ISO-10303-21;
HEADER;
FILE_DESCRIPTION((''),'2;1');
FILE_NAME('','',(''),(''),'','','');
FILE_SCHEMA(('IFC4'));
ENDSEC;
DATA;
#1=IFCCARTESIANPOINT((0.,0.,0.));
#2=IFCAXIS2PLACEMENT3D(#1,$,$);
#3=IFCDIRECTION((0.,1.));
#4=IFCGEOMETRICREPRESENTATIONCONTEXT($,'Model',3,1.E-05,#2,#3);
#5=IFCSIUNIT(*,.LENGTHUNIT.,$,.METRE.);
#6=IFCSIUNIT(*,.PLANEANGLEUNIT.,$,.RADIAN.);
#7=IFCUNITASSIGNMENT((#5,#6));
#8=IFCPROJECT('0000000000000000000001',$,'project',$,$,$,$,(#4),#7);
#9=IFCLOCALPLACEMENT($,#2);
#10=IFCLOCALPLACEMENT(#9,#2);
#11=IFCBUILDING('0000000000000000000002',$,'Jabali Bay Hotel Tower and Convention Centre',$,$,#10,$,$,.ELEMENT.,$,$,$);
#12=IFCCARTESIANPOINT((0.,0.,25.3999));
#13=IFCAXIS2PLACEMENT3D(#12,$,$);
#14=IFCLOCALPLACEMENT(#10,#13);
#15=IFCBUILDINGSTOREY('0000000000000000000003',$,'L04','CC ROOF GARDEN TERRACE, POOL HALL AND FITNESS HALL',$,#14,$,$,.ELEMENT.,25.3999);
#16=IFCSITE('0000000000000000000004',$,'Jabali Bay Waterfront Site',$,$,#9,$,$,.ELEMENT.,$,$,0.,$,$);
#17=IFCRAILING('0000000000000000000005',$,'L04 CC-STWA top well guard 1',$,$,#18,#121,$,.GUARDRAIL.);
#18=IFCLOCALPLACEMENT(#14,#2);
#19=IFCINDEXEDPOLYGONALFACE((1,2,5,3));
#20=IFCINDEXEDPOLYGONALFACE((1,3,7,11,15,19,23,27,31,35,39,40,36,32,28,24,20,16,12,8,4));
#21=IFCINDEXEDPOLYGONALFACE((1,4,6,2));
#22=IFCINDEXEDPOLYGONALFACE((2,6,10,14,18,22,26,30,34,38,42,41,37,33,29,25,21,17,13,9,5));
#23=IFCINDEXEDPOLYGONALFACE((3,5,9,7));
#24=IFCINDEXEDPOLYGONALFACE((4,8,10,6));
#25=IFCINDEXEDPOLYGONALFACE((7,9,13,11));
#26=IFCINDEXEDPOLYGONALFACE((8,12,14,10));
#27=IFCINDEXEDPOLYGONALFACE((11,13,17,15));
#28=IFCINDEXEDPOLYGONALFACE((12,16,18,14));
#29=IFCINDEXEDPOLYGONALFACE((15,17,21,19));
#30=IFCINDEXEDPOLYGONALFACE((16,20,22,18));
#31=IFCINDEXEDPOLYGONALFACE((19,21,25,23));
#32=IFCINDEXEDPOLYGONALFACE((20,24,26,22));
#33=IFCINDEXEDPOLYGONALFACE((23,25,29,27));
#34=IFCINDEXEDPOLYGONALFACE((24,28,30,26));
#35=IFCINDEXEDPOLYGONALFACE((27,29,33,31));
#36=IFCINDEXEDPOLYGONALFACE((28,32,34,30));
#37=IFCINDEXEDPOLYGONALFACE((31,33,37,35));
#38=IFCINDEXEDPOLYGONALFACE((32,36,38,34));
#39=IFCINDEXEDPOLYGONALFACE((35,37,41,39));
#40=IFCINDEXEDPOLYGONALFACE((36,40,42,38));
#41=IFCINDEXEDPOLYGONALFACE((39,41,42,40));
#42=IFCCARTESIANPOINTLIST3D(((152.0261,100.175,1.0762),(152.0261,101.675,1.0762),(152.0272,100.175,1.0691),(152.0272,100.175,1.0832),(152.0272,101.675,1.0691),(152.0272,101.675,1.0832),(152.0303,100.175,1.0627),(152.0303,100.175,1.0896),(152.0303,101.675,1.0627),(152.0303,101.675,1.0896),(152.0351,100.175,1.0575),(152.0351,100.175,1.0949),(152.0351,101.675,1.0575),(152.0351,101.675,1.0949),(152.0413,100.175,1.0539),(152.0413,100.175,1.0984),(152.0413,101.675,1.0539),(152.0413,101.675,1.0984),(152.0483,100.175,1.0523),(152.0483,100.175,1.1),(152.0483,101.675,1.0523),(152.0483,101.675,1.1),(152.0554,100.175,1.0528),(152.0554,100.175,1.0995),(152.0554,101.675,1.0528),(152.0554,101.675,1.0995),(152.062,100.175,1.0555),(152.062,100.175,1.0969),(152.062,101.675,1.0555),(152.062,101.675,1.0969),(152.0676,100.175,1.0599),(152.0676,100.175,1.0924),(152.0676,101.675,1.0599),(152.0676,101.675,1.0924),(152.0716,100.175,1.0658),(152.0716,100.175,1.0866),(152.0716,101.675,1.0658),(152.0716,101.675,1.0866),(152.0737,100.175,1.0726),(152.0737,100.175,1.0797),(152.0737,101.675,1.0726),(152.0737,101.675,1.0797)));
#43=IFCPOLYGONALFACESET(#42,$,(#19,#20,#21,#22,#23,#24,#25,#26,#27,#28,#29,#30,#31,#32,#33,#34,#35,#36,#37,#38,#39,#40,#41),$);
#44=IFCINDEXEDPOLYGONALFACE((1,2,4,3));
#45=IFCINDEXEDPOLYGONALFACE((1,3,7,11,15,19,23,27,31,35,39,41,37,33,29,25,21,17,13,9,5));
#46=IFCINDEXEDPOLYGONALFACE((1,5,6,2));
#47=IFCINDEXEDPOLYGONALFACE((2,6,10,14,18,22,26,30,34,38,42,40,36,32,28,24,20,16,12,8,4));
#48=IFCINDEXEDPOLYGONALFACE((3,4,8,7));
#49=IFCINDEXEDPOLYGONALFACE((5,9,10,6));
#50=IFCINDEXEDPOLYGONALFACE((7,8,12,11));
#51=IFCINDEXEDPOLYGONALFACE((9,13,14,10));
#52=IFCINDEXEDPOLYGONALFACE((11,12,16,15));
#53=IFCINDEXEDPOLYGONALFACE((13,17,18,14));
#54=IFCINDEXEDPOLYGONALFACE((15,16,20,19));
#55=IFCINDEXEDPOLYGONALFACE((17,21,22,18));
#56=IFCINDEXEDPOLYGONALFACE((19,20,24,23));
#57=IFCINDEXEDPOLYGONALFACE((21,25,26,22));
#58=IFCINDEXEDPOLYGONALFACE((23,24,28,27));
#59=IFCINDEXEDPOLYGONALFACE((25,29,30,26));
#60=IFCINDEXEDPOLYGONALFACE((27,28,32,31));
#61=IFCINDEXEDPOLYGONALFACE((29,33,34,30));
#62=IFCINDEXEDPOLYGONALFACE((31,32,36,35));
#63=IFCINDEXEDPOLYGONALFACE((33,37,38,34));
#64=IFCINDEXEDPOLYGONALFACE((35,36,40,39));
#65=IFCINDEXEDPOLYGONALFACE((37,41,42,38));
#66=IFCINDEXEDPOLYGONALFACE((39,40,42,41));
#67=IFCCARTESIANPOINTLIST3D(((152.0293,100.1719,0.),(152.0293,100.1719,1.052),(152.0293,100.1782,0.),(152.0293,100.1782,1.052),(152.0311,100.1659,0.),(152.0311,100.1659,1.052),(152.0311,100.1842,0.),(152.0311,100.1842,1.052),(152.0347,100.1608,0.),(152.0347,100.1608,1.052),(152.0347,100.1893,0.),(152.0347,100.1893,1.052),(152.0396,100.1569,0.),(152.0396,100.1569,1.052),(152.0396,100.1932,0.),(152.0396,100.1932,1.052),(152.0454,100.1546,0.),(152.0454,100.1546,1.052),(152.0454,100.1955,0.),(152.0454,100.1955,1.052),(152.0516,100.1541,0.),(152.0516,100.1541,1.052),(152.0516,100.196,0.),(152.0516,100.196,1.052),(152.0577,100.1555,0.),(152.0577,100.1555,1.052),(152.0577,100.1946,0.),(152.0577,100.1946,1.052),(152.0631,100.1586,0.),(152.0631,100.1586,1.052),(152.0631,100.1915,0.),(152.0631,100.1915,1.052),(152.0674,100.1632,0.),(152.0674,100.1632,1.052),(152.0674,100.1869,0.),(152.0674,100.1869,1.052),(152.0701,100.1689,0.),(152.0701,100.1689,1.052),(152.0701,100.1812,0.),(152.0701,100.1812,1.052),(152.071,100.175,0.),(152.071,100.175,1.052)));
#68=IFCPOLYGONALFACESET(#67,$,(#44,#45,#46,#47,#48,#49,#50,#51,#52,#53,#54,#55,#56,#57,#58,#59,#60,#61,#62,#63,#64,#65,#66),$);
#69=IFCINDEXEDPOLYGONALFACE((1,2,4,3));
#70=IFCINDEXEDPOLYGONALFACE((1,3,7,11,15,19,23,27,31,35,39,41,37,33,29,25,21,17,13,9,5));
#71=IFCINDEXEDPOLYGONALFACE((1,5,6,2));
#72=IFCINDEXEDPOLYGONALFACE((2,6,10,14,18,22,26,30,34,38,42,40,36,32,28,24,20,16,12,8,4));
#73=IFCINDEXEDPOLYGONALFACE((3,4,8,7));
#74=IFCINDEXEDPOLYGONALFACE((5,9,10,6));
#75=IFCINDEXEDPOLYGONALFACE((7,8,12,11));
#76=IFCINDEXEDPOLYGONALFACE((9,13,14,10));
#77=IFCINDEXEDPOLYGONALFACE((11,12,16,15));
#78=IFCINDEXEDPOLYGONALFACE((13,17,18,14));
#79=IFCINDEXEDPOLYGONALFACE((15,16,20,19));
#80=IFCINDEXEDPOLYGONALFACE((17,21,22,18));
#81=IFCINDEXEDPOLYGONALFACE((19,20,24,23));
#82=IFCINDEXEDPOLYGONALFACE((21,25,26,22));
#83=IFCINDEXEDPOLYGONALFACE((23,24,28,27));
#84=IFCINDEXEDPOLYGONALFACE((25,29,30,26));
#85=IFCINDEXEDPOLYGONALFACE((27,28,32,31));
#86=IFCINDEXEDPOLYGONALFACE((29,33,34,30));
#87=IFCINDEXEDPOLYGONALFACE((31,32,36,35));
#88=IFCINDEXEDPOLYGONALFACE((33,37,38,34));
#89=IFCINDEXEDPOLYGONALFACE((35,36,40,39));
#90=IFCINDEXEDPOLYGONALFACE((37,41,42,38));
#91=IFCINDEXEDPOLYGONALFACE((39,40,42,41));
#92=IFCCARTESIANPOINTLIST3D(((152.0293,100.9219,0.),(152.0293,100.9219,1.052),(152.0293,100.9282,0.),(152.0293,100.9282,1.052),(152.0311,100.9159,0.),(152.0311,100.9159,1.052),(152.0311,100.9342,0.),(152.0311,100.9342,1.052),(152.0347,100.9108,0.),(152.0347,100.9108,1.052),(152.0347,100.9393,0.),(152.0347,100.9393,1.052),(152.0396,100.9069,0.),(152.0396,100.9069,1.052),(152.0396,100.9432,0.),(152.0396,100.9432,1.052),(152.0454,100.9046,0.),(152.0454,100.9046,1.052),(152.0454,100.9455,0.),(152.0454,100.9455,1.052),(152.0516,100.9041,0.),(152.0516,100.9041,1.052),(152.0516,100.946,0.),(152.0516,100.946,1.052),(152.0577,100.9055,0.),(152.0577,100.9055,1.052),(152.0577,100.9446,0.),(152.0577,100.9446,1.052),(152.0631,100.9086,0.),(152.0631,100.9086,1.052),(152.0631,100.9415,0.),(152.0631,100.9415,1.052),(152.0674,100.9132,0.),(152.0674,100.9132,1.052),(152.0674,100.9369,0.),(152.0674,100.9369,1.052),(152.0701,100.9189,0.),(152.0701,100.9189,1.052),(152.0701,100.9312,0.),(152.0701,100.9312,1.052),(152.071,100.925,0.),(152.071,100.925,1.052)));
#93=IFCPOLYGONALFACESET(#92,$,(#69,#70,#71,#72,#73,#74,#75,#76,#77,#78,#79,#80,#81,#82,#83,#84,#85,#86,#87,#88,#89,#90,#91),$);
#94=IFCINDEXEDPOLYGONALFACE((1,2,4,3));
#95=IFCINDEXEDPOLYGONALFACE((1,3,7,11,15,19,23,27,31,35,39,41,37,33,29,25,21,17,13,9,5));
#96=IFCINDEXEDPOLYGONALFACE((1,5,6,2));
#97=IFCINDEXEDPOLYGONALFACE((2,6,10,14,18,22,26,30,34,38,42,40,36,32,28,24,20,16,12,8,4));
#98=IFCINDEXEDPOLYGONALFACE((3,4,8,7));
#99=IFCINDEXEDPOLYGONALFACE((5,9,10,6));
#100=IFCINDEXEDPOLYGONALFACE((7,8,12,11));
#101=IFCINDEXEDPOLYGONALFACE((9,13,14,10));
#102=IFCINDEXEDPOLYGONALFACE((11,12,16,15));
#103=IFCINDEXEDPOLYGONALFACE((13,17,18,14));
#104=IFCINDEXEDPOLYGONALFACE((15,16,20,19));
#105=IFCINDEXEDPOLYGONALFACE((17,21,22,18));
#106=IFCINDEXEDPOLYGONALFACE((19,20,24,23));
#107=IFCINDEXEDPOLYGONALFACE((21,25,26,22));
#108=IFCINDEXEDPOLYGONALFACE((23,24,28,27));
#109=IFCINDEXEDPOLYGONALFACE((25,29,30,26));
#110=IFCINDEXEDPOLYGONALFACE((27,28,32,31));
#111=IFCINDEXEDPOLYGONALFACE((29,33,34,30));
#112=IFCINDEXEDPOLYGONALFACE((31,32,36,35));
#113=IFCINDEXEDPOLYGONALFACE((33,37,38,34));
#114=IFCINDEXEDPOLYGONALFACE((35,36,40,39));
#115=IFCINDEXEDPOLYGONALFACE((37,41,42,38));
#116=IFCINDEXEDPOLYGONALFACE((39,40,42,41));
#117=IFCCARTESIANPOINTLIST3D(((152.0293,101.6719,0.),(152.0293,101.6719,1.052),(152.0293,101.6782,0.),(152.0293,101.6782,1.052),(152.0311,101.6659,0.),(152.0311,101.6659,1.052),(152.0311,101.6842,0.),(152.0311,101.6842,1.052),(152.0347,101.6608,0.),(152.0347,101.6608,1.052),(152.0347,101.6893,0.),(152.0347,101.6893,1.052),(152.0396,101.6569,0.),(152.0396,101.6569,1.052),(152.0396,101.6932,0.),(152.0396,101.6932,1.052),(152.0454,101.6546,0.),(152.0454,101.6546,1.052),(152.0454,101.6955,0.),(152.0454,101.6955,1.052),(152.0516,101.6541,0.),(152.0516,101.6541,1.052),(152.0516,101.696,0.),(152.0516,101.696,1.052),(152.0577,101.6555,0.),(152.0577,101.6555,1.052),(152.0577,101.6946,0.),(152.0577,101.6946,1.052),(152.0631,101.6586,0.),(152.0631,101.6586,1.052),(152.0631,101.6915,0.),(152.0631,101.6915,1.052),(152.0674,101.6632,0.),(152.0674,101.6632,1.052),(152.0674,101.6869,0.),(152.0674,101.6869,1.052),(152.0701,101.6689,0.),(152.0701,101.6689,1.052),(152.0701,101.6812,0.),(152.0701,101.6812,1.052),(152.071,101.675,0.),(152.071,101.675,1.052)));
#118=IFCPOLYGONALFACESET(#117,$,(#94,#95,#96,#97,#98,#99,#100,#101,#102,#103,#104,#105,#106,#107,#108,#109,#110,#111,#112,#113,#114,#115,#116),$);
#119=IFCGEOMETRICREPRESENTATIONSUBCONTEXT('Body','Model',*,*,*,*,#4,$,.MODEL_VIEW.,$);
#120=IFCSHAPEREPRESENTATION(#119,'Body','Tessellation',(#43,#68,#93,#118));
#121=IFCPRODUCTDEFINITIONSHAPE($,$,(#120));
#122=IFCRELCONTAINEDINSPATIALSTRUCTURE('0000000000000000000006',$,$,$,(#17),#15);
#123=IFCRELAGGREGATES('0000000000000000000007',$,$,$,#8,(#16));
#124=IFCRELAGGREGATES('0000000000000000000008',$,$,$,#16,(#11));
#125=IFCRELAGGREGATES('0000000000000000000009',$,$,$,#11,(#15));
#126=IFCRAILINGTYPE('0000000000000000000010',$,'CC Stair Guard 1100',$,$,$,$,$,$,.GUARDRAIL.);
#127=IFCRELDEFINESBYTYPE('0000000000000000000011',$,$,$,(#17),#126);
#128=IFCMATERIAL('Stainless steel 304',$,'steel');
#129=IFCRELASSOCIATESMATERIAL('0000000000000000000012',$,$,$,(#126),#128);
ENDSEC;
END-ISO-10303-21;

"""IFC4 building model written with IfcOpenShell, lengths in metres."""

from ifc_helpers import new_model, si_unit, direction, frame, origin, origin_2d, place, context, subcontext, project, spatial, circle, extrude, material, type_object, element, save


model = new_model("IFC4")

# Units and contexts
model_context = context("Model", 3, precision=1e-05, world=origin(), true_north=direction((0.0, 1.0)))
body_context = subcontext(model_context, "Body", "Model", "MODEL_VIEW")
ifc_project = project(units=[si_unit("LENGTHUNIT", "METRE"), si_unit("PLANEANGLEUNIT", "RADIAN")], contexts=[model_context])

# Site, building, storey
site_placement = place(None, origin())
site = spatial("IfcSite", under=ifc_project, at=site_placement, Name="Jabali Bay Waterfront Site", CompositionType="ELEMENT", RefElevation=0.0)
building_placement = place(site_placement, origin())
building = spatial("IfcBuilding", under=site, at=building_placement, Name="Jabali Bay Hotel Tower and Convention Centre", CompositionType="ELEMENT")
storey_placement = place(building_placement, frame((0.0, 0.0, 25.3999)))
storey = spatial("IfcBuildingStorey", under=building, at=storey_placement, Name="L04", Description="CC ROOF GARDEN TERRACE, POOL HALL AND FITNESS HALL", CompositionType="ELEMENT", Elevation=25.3999)

# Railing
ifc_material_1 = material(Name="Stainless steel 304", Category="steel")
railing_type = type_object("IfcRailingType", Name="CC Stair Guard 1100", PredefinedType="GUARDRAIL", material=ifc_material_1)
railing_1_placement = place(storey_placement, frame((152.05, 100.175, 0.0)))
element("IfcRailing", 1, at=railing_1_placement, inside=storey, type_object=railing_type, Name="L04 CC-STWA top well guard 1", PredefinedType="GUARDRAIL", context=body_context, shape_type="SweptSolid", body=[
    extrude(circle(Radius=0.0239, at=origin_2d()), frame((0.0, 0.0, 1.0762), z_axis=(0.0, 1.0, 0.0), x_axis=(-1.0, 0.0, 0.0)), (0.0, 0.0, 1.0), 1.5),
    extrude(circle(Radius=0.021, at=origin_2d()), origin(), (0.0, 0.0, 1.0), 1.052),
    extrude(circle(Radius=0.021, at=origin_2d()), frame((0.0, 0.75, 0.0)), (0.0, 0.0, 1.0), 1.052),
    extrude(circle(Radius=0.021, at=origin_2d()), frame((0.0, 1.5, 0.0)), (0.0, 0.0, 1.0), 1.052),
])

save(model, "model.ifc")
